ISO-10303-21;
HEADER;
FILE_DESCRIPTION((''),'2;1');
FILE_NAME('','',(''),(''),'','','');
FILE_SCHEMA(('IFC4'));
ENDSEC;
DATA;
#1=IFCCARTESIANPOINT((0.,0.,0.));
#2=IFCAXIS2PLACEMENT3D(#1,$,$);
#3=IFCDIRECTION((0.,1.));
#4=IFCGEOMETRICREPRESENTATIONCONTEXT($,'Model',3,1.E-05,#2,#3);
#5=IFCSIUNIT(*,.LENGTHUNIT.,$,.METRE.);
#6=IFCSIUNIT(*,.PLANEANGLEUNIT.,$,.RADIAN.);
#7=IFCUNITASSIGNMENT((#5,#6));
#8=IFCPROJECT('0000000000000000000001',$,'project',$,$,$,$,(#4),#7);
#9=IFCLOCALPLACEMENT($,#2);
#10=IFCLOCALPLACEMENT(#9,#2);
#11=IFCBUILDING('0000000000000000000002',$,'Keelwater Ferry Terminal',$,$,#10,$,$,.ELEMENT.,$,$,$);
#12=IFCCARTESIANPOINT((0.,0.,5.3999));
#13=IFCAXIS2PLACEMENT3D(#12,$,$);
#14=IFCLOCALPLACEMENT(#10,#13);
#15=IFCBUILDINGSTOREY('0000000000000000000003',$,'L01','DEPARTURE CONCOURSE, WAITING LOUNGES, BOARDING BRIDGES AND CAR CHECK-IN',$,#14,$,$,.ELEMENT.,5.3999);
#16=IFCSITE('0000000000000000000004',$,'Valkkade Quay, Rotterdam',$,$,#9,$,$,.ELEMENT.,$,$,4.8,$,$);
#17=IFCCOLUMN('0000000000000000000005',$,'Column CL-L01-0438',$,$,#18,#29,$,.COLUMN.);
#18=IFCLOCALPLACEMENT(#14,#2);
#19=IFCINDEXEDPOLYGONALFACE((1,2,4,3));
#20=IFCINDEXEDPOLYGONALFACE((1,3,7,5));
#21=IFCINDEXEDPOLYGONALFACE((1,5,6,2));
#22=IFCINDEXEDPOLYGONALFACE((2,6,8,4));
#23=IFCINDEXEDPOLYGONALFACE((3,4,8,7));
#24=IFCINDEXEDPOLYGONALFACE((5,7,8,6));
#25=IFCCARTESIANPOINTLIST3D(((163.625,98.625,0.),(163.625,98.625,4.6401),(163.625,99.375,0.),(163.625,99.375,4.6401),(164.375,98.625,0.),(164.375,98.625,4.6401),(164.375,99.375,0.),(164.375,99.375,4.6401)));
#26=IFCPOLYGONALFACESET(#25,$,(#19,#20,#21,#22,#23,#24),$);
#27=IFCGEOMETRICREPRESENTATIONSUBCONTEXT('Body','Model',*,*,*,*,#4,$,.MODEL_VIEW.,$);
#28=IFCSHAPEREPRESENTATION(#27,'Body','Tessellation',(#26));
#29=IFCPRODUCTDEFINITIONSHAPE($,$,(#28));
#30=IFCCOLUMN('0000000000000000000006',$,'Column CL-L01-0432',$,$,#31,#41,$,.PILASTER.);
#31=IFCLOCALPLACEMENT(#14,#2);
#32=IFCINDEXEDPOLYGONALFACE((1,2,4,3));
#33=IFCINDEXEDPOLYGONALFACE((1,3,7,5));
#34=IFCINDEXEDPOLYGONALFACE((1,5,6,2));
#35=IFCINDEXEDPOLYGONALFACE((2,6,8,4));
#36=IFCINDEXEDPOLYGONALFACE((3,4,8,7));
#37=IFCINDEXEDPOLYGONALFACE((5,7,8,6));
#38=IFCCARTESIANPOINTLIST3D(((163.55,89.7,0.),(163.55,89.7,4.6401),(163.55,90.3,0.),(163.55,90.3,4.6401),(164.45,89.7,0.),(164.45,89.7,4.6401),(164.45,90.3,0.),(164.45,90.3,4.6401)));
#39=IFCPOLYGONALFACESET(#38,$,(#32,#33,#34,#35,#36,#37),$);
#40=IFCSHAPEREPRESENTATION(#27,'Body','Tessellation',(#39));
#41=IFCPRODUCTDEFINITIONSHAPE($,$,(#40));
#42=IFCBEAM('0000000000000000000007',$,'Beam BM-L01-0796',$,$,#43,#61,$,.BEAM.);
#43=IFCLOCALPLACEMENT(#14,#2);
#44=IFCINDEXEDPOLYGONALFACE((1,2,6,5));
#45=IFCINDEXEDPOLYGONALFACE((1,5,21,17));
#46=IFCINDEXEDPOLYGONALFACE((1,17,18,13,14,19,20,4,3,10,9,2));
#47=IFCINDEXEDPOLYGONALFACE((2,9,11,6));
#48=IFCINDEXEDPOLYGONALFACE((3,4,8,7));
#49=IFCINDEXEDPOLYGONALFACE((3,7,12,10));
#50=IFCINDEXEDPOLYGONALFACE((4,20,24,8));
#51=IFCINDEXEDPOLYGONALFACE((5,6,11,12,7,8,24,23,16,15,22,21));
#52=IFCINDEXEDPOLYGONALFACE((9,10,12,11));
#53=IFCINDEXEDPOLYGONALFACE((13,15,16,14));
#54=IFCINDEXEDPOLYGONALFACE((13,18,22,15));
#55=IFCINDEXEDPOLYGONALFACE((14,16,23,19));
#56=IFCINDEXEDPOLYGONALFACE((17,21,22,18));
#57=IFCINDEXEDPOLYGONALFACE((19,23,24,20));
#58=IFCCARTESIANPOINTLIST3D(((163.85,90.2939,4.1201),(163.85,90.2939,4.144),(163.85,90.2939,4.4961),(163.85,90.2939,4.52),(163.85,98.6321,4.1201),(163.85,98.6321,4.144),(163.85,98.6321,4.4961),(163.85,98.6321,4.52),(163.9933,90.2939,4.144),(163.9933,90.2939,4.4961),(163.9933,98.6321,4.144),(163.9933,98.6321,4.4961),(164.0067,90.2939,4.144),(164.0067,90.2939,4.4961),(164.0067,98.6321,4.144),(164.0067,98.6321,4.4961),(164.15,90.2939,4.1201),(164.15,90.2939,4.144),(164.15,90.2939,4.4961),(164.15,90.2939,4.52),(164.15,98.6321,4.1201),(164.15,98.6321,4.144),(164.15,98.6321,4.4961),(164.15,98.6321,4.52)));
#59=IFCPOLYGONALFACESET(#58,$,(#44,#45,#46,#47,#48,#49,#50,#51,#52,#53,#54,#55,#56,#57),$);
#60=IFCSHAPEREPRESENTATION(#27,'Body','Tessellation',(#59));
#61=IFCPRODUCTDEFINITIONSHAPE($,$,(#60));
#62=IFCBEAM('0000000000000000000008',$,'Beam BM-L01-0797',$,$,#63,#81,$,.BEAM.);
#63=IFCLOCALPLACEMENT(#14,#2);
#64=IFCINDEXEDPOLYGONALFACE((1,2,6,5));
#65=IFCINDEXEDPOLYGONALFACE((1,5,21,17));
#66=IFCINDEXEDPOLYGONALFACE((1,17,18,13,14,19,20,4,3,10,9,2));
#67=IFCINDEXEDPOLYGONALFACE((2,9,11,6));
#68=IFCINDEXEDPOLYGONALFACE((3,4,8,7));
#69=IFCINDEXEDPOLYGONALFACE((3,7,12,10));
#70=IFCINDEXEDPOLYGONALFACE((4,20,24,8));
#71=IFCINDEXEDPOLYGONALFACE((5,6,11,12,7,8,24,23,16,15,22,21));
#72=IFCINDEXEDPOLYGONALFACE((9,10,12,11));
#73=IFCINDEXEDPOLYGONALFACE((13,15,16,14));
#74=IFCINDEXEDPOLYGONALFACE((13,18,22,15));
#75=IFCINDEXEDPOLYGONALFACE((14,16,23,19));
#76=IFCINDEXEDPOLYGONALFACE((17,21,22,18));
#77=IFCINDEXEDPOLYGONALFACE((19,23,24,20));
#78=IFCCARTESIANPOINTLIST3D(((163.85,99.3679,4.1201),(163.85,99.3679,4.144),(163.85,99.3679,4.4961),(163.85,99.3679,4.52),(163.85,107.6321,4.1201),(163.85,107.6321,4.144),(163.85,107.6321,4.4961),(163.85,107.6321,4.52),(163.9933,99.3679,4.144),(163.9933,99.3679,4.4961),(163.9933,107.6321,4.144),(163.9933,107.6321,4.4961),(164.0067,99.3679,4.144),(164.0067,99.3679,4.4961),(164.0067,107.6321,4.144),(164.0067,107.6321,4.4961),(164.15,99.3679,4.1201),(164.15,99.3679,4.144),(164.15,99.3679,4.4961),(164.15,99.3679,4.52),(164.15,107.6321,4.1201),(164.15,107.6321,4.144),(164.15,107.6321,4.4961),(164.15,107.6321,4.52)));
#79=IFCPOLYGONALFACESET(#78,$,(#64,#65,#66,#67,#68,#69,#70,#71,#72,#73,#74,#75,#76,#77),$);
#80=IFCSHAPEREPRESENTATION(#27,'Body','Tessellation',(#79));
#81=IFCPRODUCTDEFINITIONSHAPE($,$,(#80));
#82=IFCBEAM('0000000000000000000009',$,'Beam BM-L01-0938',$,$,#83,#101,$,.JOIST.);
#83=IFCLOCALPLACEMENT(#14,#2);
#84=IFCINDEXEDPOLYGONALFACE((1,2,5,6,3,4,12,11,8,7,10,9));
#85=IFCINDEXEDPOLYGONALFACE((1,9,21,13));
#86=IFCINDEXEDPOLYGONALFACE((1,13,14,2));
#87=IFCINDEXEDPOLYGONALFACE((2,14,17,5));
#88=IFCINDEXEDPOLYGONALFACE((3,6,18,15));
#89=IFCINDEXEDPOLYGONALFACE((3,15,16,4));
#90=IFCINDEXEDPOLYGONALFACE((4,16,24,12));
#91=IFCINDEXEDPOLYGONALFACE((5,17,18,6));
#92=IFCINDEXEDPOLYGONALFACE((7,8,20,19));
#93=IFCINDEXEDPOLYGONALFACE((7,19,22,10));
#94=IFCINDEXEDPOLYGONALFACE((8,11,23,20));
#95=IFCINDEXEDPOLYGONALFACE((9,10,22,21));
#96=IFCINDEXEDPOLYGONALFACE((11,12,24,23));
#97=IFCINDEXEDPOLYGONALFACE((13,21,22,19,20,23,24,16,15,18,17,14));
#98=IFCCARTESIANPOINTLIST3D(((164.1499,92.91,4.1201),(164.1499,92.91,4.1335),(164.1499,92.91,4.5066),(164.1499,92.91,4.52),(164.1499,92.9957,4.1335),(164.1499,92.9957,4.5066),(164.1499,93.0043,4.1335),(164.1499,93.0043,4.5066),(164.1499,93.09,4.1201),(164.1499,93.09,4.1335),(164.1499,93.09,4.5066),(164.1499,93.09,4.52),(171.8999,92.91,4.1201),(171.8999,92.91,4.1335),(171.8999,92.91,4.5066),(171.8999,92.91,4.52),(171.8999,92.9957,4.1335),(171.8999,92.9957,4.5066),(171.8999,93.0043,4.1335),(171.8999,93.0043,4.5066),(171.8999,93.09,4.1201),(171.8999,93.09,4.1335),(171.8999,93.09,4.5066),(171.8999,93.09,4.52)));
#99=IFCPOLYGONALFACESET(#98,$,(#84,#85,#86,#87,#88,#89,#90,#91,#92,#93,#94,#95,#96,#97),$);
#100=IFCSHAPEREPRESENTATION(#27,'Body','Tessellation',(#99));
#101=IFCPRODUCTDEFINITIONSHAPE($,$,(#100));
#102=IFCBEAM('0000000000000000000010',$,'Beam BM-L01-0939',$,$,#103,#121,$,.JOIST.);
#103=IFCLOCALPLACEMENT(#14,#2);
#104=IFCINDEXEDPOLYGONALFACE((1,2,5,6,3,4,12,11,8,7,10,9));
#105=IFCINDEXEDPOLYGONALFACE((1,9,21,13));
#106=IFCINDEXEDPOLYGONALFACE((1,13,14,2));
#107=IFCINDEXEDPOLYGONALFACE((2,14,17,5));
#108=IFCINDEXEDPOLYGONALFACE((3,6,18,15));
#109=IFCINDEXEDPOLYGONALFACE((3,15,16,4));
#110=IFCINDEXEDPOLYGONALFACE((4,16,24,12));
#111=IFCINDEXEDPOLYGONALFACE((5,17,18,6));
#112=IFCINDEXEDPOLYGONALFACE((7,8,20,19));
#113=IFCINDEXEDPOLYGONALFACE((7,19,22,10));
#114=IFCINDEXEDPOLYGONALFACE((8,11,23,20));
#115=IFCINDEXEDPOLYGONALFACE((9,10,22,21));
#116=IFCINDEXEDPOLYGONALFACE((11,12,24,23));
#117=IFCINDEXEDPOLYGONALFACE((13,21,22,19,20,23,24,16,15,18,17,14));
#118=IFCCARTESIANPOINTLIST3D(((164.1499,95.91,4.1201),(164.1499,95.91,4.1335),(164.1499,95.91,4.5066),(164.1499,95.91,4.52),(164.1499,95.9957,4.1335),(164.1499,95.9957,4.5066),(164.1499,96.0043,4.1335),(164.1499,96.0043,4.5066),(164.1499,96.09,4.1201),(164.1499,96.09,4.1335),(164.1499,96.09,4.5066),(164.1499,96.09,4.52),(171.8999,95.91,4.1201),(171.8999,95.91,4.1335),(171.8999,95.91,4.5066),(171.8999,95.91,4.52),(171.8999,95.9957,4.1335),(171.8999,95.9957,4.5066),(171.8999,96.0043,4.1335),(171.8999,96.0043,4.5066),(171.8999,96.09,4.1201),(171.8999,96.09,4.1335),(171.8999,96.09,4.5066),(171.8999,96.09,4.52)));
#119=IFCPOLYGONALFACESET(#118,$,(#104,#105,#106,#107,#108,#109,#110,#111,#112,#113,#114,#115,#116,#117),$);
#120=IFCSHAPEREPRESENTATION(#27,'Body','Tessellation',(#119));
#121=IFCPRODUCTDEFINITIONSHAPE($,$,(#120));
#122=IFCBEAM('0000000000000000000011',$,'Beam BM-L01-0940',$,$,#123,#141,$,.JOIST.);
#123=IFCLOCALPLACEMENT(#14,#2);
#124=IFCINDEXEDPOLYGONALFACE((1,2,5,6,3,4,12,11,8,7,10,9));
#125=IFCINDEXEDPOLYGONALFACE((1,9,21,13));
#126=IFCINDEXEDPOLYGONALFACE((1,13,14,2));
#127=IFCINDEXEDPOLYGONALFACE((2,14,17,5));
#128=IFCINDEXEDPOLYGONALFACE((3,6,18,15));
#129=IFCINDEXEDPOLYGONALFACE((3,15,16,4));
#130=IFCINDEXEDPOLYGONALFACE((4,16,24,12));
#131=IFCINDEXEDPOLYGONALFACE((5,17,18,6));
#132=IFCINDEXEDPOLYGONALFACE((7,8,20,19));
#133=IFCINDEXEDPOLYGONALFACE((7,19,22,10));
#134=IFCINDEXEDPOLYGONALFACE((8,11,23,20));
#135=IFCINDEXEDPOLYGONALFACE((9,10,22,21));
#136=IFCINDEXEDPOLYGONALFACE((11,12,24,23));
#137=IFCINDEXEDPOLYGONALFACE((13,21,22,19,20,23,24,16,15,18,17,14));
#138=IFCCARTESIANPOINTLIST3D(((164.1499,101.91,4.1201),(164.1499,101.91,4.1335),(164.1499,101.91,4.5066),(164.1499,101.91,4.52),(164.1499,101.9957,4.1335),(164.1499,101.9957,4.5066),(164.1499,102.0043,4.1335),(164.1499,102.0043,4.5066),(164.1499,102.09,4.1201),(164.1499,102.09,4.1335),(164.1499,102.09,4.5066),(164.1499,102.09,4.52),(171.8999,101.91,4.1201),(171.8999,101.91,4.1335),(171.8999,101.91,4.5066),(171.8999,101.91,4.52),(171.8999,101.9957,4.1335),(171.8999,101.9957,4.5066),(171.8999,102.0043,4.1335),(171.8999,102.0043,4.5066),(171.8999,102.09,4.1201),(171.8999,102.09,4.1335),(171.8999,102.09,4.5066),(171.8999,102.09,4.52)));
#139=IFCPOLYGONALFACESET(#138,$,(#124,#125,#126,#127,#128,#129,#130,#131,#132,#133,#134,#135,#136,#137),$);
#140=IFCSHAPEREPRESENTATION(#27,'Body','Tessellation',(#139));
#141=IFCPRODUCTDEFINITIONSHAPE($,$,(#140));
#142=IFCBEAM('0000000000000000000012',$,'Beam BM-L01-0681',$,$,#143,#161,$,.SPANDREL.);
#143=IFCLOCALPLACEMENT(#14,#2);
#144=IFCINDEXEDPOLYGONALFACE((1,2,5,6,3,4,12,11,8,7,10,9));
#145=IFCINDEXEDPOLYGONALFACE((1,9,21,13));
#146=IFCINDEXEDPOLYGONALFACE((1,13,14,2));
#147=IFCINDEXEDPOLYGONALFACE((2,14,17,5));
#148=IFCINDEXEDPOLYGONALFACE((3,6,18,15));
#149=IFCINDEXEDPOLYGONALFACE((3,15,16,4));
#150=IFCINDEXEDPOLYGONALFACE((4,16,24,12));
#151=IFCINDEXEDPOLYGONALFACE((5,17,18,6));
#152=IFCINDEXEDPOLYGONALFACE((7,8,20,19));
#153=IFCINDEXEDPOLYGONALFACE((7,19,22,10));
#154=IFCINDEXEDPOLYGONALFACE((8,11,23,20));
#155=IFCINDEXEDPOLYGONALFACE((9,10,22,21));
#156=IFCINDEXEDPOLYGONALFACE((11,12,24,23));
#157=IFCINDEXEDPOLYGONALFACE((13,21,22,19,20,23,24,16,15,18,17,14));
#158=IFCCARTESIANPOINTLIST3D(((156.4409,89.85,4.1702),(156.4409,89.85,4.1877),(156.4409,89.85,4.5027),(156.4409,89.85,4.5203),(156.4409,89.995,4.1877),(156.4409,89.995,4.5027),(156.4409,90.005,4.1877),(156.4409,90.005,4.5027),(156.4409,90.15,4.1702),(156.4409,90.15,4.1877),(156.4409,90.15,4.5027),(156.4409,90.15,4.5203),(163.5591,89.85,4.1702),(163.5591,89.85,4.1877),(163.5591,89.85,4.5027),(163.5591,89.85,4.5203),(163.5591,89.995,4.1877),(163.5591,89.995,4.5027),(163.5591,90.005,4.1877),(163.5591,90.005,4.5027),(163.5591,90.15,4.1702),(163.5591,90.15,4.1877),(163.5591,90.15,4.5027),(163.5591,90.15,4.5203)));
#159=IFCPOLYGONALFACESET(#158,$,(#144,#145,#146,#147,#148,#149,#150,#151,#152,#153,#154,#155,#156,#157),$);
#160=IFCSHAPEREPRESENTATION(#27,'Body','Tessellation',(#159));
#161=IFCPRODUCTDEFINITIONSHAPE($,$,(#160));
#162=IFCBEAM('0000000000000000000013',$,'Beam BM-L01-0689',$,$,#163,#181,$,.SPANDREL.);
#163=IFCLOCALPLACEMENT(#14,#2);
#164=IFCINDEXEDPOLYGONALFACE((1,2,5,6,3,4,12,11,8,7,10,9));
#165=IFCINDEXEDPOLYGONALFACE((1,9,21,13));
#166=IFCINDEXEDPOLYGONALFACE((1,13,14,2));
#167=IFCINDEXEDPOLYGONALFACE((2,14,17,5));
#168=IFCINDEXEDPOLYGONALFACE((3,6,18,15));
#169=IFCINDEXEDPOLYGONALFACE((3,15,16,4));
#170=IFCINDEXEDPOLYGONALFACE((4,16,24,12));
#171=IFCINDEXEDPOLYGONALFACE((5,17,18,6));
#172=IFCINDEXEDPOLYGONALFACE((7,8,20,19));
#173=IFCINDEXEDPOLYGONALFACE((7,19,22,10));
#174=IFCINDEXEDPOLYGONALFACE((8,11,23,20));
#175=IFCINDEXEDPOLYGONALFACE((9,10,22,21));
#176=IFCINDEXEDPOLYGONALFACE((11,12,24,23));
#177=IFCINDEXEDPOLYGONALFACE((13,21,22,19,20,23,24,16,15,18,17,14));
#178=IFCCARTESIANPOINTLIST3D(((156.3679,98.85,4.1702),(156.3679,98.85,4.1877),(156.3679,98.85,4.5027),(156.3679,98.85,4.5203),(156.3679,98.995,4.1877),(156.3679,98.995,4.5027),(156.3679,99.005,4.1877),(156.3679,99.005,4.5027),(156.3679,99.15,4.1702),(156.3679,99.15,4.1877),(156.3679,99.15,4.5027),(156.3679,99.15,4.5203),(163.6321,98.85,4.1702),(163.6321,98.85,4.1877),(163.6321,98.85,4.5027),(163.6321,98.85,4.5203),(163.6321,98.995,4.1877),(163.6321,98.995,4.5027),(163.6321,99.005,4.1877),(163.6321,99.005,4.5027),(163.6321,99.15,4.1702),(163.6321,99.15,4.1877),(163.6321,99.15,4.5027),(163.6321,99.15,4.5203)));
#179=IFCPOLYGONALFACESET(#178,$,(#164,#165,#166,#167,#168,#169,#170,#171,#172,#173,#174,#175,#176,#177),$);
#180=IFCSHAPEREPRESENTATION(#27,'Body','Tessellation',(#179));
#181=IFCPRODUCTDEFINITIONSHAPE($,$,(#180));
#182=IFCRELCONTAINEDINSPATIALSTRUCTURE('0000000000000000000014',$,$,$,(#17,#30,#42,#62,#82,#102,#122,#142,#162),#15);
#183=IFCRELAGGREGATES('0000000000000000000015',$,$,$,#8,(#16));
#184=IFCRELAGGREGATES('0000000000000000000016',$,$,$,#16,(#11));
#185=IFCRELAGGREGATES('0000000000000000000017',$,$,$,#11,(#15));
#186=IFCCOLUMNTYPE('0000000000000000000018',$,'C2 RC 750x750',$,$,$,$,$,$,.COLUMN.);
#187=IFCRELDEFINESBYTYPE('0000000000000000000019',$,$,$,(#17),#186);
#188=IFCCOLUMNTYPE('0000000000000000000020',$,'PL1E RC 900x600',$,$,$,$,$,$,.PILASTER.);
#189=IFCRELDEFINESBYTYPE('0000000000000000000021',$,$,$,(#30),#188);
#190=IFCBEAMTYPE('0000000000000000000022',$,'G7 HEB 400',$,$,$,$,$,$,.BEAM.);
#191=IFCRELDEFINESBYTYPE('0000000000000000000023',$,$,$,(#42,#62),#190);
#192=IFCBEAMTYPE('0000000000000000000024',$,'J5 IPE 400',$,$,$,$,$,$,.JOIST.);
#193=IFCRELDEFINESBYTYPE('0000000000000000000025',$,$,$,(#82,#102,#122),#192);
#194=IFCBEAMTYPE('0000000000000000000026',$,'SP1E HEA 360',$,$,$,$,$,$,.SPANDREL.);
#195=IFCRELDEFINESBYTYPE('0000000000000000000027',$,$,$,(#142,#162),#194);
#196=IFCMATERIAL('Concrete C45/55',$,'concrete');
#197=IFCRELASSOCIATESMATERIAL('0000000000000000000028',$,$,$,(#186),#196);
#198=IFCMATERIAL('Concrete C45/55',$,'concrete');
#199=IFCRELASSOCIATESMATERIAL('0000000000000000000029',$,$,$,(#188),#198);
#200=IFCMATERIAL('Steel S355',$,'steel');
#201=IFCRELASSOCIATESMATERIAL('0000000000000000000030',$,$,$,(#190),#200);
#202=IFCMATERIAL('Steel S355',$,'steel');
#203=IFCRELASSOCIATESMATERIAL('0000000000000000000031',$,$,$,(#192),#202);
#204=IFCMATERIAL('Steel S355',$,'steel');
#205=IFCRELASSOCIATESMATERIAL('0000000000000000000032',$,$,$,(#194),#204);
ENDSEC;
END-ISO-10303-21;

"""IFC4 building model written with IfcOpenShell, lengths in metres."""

from ifc_helpers import new_model, si_unit, direction, frame, origin, origin_2d, place, context, subcontext, project, spatial, rectangle, i_section, extrude, material, material_profile, profile_set, type_object, element, save


model = new_model("IFC4")

# Units and contexts
model_context = context("Model", 3, precision=1e-05, world=origin(), true_north=direction((0.0, 1.0)))
body_context = subcontext(model_context, "Body", "Model", "MODEL_VIEW")
ifc_project = project(units=[si_unit("LENGTHUNIT", "METRE"), si_unit("PLANEANGLEUNIT", "RADIAN")], contexts=[model_context])

# Site, building, storey
site_placement = place(None, origin())
site = spatial("IfcSite", under=ifc_project, at=site_placement, Name="Valkkade Quay, Rotterdam", CompositionType="ELEMENT", RefElevation=4.8)
building_placement = place(site_placement, origin())
building = spatial("IfcBuilding", under=site, at=building_placement, Name="Keelwater Ferry Terminal", CompositionType="ELEMENT")
storey_placement = place(building_placement, frame((0.0, 0.0, 5.3999)))
storey = spatial("IfcBuildingStorey", under=building, at=storey_placement, Name="L01", Description="DEPARTURE CONCOURSE, WAITING LOUNGES, BOARDING BRIDGES AND CAR CHECK-IN", CompositionType="ELEMENT", Elevation=5.3999)

# Columns
ifc_material_1 = material(Name="Concrete C45/55", Category="concrete")
ifc_material_profile_1 = material_profile(ifc_material_1, rectangle(XDim=0.75, YDim=0.75, at=origin_2d()), Name="RC 750x750")
ifc_profile_set_1 = profile_set([ifc_material_profile_1], Name="Concrete C45/55")
column_type_1 = type_object("IfcColumnType", Name="C2 RC 750x750", PredefinedType="COLUMN", material=ifc_profile_set_1)
column_1_placement = place(storey_placement, frame((164.0, 99.0, 0.0), z_axis=(0.0, 0.0, 1.0), x_axis=(1.0, 0.0, 0.0)))
element("IfcColumn", 1, at=column_1_placement, inside=storey, type_object=column_type_1, Name="Column CL-L01-0438", PredefinedType="COLUMN", context=body_context, shape_type="SweptSolid", body=[
    extrude(rectangle(XDim=0.75, YDim=0.75, at=origin_2d()), origin(), (0.0, 0.0, 1.0), 4.6401),
])
ifc_material_2 = material(Name="Concrete C45/55", Category="concrete")
ifc_material_profile_2 = material_profile(ifc_material_2, rectangle(XDim=0.6001, YDim=0.8999, at=origin_2d()), Name="RC 900x600")
ifc_profile_set_2 = profile_set([ifc_material_profile_2], Name="Concrete C45/55")
column_type_2 = type_object("IfcColumnType", Name="PL1E RC 900x600", PredefinedType="PILASTER", material=ifc_profile_set_2)
column_2_placement = place(storey_placement, frame((164.0, 90.0, 0.0), z_axis=(0.0, 0.0, 1.0), x_axis=(0.0, 1.0, 0.0)))
element("IfcColumn", 2, at=column_2_placement, inside=storey, type_object=column_type_2, Name="Column CL-L01-0432", PredefinedType="PILASTER", context=body_context, shape_type="SweptSolid", body=[
    extrude(rectangle(XDim=0.6001, YDim=0.8999, at=origin_2d()), origin(), (0.0, 0.0, 1.0), 4.6401),
])

# Beams
ifc_material_3 = material(Name="Steel S355", Category="steel")
ifc_material_profile_3 = material_profile(ifc_material_3, i_section(OverallWidth=0.3, OverallDepth=0.3999, WebThickness=0.0134, FlangeThickness=0.0239, at=origin_2d()), Name="HEB 400")
ifc_profile_set_3 = profile_set([ifc_material_profile_3], Name="Steel S355")
beam_type_1 = type_object("IfcBeamType", Name="G7 HEB 400", PredefinedType="BEAM", material=ifc_profile_set_3)
beam_1_placement = place(storey_placement, frame((164.0, 90.2939, 4.3201), z_axis=(0.0, 1.0, 0.0), x_axis=(-1.0, 0.0, 0.0)))
element("IfcBeam", 3, at=beam_1_placement, inside=storey, type_object=beam_type_1, Name="Beam BM-L01-0796", PredefinedType="BEAM", context=body_context, shape_type="SweptSolid", body=[
    extrude(i_section(OverallWidth=0.3, OverallDepth=0.3999, WebThickness=0.0134, FlangeThickness=0.0239, at=origin_2d()), origin(), (0.0, 0.0, 1.0), 8.3381),
])
beam_2_placement = place(storey_placement, frame((164.0, 99.3679, 4.3201), z_axis=(0.0, 1.0, 0.0), x_axis=(-1.0, 0.0, 0.0)))
element("IfcBeam", 4, at=beam_2_placement, inside=storey, type_object=beam_type_1, Name="Beam BM-L01-0797", PredefinedType="BEAM", context=body_context, shape_type="SweptSolid", body=[
    extrude(i_section(OverallWidth=0.3, OverallDepth=0.3999, WebThickness=0.0134, FlangeThickness=0.0239, at=origin_2d()), origin(), (0.0, 0.0, 1.0), 8.2642),
])
ifc_material_4 = material(Name="Steel S355", Category="steel")
ifc_material_profile_4 = material_profile(ifc_material_4, i_section(OverallWidth=0.1799, OverallDepth=0.3999, WebThickness=0.0085, FlangeThickness=0.0134, at=origin_2d()), Name="IPE 400")
ifc_profile_set_4 = profile_set([ifc_material_profile_4], Name="Steel S355")
beam_type_2 = type_object("IfcBeamType", Name="J5 IPE 400", PredefinedType="JOIST", material=ifc_profile_set_4)
for number, where, z_axis, x_axis, name in (
    (5, (164.1499, 93.0, 4.3201), (1.0, 0.0, 0.0), (0.0, 1.0, 0.0), "Beam BM-L01-0938"),
    (6, (164.1499, 96.0, 4.3201), (1.0, 0.0, 0.0), (0.0, 1.0, 0.0), "Beam BM-L01-0939"),
    (7, (164.1499, 102.0, 4.3201), (1.0, 0.0, 0.0), (0.0, 1.0, 0.0), "Beam BM-L01-0940"),
):
    element("IfcBeam", number, at=place(storey_placement, frame(where, z_axis=z_axis, x_axis=x_axis)), inside=storey, type_object=beam_type_2, Name=name, PredefinedType="JOIST", context=body_context, shape_type="SweptSolid", body=[
        extrude(i_section(OverallWidth=0.1799, OverallDepth=0.3999, WebThickness=0.0085, FlangeThickness=0.0134, at=origin_2d()), origin(), (0.0, 0.0, 1.0), 7.75),
    ])
ifc_material_5 = material(Name="Steel S355", Category="steel")
ifc_material_profile_5 = material_profile(ifc_material_5, i_section(OverallWidth=0.3, OverallDepth=0.3501, WebThickness=0.01, FlangeThickness=0.0176, at=origin_2d()), Name="HEA 360")
ifc_profile_set_5 = profile_set([ifc_material_profile_5], Name="Steel S355")
beam_type_3 = type_object("IfcBeamType", Name="SP1E HEA 360", PredefinedType="SPANDREL", material=ifc_profile_set_5)
beam_3_placement = place(storey_placement, frame((156.4409, 90.0, 4.3452), z_axis=(1.0, 0.0, 0.0), x_axis=(0.0, 1.0, 0.0)))
element("IfcBeam", 8, at=beam_3_placement, inside=storey, type_object=beam_type_3, Name="Beam BM-L01-0681", PredefinedType="SPANDREL", context=body_context, shape_type="SweptSolid", body=[
    extrude(i_section(OverallWidth=0.3, OverallDepth=0.3501, WebThickness=0.01, FlangeThickness=0.0176, at=origin_2d()), origin(), (0.0, 0.0, 1.0), 7.1182),
])
for number, where, z_axis, x_axis, name in (
    (9, (156.3679, 99.0, 4.3452), (1.0, 0.0, 0.0), (0.0, 1.0, 0.0), "Beam BM-L01-0689"),
):
    element("IfcBeam", number, at=place(storey_placement, frame(where, z_axis=z_axis, x_axis=x_axis)), inside=storey, type_object=beam_type_3, Name=name, PredefinedType="SPANDREL", context=body_context, shape_type="SweptSolid", body=[
        extrude(i_section(OverallWidth=0.3, OverallDepth=0.3501, WebThickness=0.01, FlangeThickness=0.0176, at=origin_2d()), origin(), (0.0, 0.0, 1.0), 7.2642),
    ])

save(model, "model.ifc")
